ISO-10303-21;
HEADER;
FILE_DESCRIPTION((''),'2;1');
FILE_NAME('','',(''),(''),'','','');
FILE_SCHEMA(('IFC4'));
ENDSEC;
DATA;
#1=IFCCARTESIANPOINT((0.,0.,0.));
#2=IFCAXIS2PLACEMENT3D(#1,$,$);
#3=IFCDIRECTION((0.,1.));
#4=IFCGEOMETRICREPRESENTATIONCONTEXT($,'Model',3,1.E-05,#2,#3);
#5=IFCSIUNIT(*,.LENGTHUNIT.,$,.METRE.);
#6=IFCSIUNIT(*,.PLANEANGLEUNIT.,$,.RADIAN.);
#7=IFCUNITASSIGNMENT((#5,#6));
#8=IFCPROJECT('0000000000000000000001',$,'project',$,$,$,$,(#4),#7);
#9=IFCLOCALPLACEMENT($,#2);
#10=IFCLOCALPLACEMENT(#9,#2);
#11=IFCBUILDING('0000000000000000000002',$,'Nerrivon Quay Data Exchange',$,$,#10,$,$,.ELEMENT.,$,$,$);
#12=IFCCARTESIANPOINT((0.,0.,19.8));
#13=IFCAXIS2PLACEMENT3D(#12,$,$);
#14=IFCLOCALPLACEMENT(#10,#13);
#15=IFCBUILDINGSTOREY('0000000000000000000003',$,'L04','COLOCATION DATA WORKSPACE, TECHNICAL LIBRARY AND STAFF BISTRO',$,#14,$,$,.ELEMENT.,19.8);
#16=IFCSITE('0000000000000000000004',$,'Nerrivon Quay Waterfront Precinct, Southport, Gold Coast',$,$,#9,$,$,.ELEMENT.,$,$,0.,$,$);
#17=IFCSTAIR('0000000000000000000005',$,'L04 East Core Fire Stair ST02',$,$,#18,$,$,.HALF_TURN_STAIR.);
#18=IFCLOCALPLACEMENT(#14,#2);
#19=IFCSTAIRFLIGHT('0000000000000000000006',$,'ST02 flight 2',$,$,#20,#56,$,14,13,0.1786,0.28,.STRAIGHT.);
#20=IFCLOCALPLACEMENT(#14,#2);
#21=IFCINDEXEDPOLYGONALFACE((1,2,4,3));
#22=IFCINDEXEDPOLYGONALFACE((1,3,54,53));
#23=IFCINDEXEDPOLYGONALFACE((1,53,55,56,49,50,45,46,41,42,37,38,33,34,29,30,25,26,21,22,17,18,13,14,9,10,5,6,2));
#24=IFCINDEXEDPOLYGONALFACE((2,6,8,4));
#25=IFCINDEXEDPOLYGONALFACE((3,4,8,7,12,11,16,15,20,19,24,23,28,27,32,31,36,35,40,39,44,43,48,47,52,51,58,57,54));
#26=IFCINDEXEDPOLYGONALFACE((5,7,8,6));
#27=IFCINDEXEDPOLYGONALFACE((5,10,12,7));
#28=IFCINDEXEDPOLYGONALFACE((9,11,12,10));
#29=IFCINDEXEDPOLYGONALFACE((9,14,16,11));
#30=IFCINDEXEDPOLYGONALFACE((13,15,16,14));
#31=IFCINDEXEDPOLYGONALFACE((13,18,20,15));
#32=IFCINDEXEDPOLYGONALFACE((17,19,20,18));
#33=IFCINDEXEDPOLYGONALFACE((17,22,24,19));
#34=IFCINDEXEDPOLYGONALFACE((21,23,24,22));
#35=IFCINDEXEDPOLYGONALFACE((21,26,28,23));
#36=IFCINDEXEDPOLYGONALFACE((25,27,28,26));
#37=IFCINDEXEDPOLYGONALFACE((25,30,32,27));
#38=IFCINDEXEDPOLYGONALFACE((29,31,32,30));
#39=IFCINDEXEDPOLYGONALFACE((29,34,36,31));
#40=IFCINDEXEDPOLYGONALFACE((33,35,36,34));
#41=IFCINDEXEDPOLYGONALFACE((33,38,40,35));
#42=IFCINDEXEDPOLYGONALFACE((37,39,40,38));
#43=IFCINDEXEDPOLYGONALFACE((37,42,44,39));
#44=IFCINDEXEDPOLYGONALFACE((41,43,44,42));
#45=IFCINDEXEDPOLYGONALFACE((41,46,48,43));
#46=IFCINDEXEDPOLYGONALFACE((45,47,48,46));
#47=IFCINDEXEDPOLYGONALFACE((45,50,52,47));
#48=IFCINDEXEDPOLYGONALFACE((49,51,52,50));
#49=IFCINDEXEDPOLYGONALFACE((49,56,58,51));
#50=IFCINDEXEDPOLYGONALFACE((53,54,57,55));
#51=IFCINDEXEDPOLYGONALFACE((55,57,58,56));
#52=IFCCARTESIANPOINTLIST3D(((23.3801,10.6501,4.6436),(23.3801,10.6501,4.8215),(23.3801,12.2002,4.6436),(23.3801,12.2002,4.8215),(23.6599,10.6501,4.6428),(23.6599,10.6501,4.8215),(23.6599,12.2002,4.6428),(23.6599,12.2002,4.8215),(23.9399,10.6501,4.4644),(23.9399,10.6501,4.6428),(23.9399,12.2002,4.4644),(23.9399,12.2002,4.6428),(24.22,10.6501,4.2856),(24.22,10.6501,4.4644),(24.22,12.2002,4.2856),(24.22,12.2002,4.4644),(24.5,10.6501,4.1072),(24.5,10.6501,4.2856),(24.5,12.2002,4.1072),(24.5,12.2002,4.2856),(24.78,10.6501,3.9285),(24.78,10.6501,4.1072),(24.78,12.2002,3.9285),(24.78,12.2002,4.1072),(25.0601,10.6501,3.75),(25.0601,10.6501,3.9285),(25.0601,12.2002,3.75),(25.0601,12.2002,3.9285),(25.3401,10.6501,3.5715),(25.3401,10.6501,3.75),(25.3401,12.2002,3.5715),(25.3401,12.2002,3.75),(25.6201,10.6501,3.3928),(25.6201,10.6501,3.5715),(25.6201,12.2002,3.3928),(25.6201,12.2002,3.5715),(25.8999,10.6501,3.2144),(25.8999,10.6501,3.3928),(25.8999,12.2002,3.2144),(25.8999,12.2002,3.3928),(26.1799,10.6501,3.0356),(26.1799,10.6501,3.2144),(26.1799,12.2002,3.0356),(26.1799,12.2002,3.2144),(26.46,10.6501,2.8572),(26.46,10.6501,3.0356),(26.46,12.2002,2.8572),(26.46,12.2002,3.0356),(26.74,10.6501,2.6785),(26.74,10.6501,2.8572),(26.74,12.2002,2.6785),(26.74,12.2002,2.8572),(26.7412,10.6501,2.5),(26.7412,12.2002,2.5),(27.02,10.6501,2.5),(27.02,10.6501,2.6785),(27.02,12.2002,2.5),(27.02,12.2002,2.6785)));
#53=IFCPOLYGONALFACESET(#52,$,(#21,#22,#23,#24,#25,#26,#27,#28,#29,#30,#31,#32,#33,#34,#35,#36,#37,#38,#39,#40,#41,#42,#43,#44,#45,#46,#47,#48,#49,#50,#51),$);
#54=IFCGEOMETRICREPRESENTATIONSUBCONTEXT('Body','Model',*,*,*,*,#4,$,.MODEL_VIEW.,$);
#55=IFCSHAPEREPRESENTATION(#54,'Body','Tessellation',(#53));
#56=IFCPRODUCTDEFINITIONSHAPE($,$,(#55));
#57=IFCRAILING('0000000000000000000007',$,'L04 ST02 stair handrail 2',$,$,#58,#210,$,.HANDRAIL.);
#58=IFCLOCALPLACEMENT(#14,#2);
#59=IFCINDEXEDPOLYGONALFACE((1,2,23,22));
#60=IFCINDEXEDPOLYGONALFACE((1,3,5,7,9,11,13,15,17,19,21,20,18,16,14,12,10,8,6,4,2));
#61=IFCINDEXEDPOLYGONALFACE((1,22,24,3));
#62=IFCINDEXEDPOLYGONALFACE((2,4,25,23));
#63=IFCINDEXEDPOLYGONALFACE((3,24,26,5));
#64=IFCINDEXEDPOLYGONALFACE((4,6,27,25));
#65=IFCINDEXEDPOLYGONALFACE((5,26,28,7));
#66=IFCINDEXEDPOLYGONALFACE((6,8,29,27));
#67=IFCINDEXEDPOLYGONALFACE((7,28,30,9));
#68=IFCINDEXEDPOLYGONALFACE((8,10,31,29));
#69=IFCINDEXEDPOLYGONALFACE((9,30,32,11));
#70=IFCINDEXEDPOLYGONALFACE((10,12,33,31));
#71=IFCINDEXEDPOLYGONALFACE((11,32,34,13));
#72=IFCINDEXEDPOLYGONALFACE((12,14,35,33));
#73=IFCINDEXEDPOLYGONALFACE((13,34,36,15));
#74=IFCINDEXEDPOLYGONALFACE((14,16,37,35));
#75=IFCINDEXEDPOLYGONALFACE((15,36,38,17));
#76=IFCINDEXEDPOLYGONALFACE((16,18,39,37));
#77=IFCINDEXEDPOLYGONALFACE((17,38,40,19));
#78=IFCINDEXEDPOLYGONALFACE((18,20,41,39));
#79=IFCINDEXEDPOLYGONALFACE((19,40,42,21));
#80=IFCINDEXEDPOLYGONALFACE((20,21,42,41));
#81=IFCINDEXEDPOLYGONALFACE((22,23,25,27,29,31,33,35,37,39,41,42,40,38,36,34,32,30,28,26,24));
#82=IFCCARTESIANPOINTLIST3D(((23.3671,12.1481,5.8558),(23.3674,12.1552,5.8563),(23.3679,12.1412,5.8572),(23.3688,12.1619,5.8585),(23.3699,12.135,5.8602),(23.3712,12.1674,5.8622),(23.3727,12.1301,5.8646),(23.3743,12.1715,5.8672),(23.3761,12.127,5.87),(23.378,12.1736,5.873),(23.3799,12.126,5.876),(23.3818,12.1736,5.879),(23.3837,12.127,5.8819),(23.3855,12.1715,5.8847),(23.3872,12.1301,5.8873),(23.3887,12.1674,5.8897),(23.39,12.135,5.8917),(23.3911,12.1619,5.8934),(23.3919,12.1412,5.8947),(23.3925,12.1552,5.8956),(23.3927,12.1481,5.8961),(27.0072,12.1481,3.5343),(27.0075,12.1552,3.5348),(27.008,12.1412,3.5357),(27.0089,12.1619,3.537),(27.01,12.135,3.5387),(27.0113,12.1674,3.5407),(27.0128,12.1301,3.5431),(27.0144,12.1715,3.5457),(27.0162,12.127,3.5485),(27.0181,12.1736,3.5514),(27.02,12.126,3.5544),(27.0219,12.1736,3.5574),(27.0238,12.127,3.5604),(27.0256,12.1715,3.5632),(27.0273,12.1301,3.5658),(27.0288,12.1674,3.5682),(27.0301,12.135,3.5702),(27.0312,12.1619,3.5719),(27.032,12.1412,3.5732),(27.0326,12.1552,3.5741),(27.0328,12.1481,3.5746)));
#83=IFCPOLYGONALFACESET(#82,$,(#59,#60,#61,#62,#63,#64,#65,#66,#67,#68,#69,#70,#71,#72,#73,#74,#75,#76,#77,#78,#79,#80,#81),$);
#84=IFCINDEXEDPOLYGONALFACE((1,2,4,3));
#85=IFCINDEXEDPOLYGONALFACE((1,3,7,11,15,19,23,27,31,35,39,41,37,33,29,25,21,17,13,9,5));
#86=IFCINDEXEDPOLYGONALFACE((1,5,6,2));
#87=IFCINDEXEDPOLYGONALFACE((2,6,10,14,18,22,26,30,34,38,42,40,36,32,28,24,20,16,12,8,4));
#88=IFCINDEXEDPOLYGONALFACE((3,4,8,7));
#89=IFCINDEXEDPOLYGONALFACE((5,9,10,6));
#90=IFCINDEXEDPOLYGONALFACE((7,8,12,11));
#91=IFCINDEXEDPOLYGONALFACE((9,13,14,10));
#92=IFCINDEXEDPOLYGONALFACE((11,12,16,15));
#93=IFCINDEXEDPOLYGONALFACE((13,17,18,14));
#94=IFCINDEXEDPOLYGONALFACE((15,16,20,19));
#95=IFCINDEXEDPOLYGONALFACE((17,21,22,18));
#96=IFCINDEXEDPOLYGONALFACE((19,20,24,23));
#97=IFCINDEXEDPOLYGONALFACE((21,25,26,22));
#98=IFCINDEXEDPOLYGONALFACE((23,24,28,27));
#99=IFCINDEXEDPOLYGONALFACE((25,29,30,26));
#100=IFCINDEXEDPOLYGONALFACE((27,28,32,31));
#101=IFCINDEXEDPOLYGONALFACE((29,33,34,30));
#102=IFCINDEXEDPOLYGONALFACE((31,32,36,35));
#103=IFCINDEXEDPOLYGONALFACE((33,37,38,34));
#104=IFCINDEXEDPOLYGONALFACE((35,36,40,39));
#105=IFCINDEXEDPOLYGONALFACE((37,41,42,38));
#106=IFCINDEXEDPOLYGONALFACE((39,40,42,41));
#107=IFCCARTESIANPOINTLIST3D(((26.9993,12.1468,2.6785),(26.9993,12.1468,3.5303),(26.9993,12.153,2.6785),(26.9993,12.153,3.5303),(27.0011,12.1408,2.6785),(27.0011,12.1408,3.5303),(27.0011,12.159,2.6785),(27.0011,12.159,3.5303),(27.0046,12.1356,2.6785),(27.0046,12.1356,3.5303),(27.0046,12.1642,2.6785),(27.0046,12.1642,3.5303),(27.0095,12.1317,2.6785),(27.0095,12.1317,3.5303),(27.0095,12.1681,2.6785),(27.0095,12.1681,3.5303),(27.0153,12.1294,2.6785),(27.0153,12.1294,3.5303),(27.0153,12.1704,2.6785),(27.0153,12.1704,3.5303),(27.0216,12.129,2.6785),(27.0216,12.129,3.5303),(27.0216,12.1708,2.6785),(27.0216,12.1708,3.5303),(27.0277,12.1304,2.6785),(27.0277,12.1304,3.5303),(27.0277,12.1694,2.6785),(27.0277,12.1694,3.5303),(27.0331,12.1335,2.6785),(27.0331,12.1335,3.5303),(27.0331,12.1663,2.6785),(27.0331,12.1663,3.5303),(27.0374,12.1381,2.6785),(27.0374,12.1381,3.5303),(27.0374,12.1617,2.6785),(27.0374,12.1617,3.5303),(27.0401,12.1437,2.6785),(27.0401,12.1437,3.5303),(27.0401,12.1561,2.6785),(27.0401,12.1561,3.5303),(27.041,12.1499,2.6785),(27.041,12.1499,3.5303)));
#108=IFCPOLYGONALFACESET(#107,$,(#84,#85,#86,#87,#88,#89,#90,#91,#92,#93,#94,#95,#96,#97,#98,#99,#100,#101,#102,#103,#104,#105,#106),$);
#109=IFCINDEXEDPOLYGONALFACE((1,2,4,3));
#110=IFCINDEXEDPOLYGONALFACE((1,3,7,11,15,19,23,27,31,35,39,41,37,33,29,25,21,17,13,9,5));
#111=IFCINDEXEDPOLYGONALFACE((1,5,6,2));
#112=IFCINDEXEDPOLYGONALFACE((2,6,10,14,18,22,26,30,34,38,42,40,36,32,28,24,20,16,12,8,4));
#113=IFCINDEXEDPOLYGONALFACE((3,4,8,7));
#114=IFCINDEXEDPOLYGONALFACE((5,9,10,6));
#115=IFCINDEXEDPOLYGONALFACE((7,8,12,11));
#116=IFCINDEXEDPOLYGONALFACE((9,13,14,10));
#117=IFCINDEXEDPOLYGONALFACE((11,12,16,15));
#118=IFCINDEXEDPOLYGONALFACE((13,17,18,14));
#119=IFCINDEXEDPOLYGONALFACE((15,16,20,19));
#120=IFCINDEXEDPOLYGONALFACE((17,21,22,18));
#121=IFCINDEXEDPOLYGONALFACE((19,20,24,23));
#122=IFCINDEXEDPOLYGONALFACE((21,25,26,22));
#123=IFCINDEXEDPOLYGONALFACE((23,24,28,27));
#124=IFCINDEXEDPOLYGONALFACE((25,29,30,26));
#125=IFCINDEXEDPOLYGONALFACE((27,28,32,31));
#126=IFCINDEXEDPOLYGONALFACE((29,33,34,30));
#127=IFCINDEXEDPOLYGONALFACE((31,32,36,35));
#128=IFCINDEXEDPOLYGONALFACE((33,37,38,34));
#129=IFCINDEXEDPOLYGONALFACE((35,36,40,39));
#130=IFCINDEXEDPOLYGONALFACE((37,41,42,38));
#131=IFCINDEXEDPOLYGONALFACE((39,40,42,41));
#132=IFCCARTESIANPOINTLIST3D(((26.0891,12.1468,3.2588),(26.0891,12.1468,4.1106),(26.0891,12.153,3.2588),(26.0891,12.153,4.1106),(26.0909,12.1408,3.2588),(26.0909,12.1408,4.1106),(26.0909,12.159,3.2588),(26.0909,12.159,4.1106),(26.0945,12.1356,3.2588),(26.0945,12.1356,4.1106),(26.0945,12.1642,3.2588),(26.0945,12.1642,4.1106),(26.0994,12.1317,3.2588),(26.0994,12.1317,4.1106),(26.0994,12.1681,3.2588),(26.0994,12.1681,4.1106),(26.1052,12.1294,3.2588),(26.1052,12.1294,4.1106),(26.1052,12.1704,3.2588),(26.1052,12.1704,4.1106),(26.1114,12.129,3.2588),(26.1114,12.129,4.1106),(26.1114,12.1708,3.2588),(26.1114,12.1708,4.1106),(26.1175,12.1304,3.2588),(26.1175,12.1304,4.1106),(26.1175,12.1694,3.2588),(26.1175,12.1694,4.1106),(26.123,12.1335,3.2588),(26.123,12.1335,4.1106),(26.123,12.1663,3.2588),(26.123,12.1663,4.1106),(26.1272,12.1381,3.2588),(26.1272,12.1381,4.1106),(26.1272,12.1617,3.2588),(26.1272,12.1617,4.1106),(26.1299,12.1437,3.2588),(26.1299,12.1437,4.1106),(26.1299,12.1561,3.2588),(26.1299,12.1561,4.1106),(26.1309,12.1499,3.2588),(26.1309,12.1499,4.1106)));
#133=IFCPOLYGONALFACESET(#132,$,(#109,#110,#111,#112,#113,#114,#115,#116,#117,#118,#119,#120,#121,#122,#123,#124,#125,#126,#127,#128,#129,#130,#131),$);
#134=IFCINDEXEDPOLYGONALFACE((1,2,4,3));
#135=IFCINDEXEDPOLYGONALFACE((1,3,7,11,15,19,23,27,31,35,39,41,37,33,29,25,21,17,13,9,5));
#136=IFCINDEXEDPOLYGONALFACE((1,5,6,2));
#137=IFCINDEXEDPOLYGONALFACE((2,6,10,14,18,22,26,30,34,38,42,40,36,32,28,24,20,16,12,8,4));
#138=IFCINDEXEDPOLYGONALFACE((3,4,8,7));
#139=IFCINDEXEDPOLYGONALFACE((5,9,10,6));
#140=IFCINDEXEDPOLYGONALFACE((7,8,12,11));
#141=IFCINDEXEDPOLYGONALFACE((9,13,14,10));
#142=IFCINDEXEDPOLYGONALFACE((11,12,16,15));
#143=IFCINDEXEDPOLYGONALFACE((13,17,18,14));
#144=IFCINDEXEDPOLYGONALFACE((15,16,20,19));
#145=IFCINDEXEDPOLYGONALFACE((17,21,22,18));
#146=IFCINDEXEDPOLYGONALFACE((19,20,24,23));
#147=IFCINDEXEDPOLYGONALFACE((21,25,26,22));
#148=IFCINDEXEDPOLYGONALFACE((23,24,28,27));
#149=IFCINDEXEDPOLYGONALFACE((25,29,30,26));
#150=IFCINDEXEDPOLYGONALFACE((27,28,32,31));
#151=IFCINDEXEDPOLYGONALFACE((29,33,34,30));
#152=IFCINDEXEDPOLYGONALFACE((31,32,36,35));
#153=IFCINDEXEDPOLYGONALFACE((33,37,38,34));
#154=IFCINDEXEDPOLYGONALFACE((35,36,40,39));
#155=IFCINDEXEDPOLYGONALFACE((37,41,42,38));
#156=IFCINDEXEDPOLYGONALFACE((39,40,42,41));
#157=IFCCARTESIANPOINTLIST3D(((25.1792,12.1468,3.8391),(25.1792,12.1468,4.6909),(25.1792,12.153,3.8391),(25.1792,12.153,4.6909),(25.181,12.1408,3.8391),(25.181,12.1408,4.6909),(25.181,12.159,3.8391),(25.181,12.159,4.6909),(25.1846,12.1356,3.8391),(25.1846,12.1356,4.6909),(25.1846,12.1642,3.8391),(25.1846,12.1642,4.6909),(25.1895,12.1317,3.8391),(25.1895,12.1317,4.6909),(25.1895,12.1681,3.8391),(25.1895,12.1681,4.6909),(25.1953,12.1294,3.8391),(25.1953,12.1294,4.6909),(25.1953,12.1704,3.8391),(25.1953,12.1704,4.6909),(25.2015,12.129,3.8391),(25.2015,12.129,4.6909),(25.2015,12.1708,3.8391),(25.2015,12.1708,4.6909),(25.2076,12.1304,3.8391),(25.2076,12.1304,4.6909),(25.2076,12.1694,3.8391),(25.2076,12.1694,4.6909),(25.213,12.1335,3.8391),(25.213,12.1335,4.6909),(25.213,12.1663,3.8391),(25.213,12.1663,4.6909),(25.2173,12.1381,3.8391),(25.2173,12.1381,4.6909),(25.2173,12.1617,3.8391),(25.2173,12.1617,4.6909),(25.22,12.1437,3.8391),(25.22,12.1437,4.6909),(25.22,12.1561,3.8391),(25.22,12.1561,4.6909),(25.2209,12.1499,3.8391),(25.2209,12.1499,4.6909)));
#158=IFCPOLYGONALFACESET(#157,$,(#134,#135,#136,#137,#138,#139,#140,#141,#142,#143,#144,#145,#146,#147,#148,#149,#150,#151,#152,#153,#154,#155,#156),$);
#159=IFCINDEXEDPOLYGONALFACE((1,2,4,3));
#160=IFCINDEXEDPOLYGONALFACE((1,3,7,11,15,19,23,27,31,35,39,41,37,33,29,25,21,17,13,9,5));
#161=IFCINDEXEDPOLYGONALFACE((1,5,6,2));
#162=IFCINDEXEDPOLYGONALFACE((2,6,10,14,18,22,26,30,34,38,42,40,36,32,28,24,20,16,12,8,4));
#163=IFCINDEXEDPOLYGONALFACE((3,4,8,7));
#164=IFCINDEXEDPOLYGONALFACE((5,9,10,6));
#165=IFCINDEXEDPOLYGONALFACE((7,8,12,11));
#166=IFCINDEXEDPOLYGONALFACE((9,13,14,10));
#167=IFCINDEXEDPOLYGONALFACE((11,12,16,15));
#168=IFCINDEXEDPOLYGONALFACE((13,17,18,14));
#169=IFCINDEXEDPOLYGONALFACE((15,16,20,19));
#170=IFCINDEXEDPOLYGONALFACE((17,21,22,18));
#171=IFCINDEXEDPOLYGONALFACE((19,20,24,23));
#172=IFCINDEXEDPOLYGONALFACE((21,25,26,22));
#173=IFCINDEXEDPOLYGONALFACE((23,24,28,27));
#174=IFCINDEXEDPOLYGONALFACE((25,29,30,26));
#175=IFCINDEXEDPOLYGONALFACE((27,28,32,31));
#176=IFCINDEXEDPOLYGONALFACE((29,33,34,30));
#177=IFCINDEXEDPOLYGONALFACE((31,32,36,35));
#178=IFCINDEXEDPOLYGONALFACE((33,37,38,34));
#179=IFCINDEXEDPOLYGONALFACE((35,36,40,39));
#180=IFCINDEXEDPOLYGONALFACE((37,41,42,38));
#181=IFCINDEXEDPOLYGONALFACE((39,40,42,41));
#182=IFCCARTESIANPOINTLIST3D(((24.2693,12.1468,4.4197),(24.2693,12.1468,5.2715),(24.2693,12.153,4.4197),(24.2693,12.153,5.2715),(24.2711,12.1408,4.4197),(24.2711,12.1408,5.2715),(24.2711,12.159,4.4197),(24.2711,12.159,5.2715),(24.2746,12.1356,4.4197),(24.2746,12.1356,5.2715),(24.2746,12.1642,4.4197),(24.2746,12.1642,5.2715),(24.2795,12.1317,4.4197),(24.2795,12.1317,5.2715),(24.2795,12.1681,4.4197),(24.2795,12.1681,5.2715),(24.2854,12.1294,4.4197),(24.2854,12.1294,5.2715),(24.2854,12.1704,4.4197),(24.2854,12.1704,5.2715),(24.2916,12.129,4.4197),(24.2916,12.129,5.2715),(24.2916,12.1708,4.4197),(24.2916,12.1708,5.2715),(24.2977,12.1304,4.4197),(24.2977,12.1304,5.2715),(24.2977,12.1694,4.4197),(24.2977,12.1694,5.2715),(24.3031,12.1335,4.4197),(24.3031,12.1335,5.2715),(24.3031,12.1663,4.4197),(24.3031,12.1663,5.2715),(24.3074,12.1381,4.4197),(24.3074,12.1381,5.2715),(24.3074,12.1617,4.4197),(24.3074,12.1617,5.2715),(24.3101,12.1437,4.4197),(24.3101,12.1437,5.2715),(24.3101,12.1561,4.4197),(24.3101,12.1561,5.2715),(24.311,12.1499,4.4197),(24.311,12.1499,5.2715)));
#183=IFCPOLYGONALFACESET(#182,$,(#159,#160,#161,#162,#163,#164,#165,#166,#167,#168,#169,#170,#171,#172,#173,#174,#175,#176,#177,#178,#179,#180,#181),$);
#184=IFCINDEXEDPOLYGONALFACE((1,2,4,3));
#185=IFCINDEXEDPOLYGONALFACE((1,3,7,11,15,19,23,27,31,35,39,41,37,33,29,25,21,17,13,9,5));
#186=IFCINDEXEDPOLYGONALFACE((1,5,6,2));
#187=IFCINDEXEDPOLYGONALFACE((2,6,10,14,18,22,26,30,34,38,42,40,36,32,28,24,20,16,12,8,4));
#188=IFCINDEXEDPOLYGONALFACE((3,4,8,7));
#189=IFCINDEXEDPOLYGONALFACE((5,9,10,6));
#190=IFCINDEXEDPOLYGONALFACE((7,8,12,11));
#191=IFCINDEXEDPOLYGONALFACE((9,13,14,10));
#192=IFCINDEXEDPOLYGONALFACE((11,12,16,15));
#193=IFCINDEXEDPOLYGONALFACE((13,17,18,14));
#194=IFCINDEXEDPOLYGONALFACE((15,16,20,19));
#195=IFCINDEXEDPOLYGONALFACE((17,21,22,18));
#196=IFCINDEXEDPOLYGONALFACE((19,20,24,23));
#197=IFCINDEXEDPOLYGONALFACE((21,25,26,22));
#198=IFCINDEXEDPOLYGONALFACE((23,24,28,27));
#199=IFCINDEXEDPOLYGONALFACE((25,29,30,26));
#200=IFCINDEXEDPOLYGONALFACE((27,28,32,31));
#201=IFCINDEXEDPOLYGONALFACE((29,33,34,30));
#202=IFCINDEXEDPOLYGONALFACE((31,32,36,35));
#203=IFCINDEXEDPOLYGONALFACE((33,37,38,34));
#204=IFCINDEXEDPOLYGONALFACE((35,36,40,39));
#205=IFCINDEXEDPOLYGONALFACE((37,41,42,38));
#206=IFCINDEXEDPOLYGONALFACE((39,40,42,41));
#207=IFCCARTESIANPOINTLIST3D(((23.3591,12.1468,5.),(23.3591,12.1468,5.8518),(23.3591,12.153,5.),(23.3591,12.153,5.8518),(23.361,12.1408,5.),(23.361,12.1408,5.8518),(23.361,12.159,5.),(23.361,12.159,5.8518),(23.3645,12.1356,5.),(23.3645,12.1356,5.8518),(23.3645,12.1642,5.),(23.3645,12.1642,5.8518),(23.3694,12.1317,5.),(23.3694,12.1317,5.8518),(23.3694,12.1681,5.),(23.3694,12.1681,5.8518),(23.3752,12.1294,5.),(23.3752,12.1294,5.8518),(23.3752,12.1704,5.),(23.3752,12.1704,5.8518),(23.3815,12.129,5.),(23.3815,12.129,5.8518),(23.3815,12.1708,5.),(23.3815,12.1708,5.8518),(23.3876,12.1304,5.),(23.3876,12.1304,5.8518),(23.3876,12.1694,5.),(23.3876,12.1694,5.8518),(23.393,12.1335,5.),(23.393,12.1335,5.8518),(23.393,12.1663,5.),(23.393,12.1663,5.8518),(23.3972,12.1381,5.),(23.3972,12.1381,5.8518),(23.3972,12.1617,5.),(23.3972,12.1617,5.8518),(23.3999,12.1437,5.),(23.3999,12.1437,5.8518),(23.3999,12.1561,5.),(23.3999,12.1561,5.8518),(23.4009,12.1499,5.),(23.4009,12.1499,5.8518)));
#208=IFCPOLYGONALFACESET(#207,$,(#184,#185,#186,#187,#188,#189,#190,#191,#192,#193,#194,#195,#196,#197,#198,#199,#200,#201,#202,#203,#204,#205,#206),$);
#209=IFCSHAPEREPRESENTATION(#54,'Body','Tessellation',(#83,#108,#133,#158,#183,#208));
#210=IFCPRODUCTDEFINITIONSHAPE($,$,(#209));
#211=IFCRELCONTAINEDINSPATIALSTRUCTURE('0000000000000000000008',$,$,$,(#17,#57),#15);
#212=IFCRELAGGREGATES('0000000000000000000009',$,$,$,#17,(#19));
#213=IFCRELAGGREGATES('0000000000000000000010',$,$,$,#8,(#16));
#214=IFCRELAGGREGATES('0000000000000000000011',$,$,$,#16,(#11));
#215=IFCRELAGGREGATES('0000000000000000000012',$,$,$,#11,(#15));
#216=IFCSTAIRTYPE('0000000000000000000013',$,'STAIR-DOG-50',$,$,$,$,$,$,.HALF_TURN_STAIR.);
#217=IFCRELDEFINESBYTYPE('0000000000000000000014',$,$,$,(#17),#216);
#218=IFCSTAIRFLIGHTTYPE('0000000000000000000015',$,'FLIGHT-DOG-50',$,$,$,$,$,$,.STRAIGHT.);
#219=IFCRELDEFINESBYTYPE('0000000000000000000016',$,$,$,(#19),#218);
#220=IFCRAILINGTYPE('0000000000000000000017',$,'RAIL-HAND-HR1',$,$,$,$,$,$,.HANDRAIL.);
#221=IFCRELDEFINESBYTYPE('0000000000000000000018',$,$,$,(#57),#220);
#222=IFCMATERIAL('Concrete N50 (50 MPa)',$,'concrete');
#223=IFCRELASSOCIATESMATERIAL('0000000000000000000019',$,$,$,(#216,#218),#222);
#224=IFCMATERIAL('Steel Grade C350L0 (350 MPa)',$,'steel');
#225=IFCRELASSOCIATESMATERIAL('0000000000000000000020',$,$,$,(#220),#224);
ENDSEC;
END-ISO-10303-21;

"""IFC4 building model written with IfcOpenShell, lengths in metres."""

from ifc_helpers import new_model, si_unit, direction, frame, origin, origin_2d, place, context, subcontext, project, spatial, polyline, circle, outline, extrude, material, type_object, element, aggregate, save


model = new_model("IFC4")

# Units and contexts
model_context = context("Model", 3, precision=1e-05, world=origin(), true_north=direction((0.0, 1.0)))
body_context = subcontext(model_context, "Body", "Model", "MODEL_VIEW")
ifc_project = project(units=[si_unit("LENGTHUNIT", "METRE"), si_unit("PLANEANGLEUNIT", "RADIAN")], contexts=[model_context])

# Site, building, storey
site_placement = place(None, origin())
site = spatial("IfcSite", under=ifc_project, at=site_placement, Name="Nerrivon Quay Waterfront Precinct, Southport, Gold Coast", CompositionType="ELEMENT", RefElevation=0.0)
building_placement = place(site_placement, origin())
building = spatial("IfcBuilding", under=site, at=building_placement, Name="Nerrivon Quay Data Exchange", CompositionType="ELEMENT")
storey_placement = place(building_placement, frame((0.0, 0.0, 19.8)))
storey = spatial("IfcBuildingStorey", under=building, at=storey_placement, Name="L04", Description="COLOCATION DATA WORKSPACE, TECHNICAL LIBRARY AND STAFF BISTRO", CompositionType="ELEMENT", Elevation=19.8)

# Shared definitions
ifc_material_1 = material(Name="Concrete N50 (50 MPa)", Category="concrete")

# Stair, stair flight
stair_type = type_object("IfcStairType", Name="STAIR-DOG-50", PredefinedType="HALF_TURN_STAIR", material=ifc_material_1)
stair_placement = place(storey_placement, origin())
stair = element("IfcStair", 1, at=stair_placement, inside=storey, type_object=stair_type, Name="L04 East Core Fire Stair ST02", PredefinedType="HALF_TURN_STAIR")
stair_flight_type = type_object("IfcStairFlightType", Name="FLIGHT-DOG-50", PredefinedType="STRAIGHT", material=ifc_material_1)
stair_flight_placement = place(storey_placement, frame((27.02, 11.425, 2.5), z_axis=(0.0, 0.0, 1.0), x_axis=(-1.0, 0.0, 0.0)))
stair_flight = element("IfcStairFlight", 2, at=stair_flight_placement, type_object=stair_flight_type, Name="ST02 flight 2", NumberOfRisers=14, NumberOfTreads=13, PredefinedType="STRAIGHT", RiserHeight=0.1786, TreadLength=0.28, context=body_context, shape_type="SweptSolid", body=[
    extrude(outline(polyline([(0.0, 0.0), (0.0, 0.1785), (0.28, 0.1785), (0.28, 0.3572), (0.5601, 0.3572), (0.5601, 0.5356), (0.8401, 0.5356), (0.8401, 0.7144), (1.1201, 0.7144), (1.1201, 0.8928), (1.3999, 0.8928), (1.3999, 1.0715), (1.6799, 1.0715), (1.6799, 1.25), (1.96, 1.25), (1.96, 1.4285), (2.24, 1.4285), (2.24, 1.6072), (2.52, 1.6072), (2.52, 1.7856), (2.8, 1.7856), (2.8, 1.9644), (3.0801, 1.9644), (3.0801, 2.1428), (3.3601, 2.1428), (3.3601, 2.3215), (3.6399, 2.3215), (3.6399, 2.5), (3.6399, 2.1436), (0.2788, 0.0), (0.0, 0.0)])), frame((0.0, 0.7749, 0.0), z_axis=(0.0, -1.0, 0.0), x_axis=(1.0, 0.0, 0.0)), (0.0, 0.0, 1.0), 1.55),
])
aggregate(stair, [stair_flight])

# Railing
ifc_material_2 = material(Name="Steel Grade C350L0 (350 MPa)", Category="steel")
railing_type_1 = type_object("IfcRailingType", Name="RAIL-HAND-HR1", PredefinedType="HANDRAIL", material=ifc_material_2)
railing_1_placement = place(storey_placement, frame((27.02, 12.1499, 2.6785)))
element("IfcRailing", 3, at=railing_1_placement, inside=storey, type_object=railing_type_1, Name="L04 ST02 stair handrail 2", PredefinedType="HANDRAIL", context=body_context, shape_type="SweptSolid", body=[
    extrude(circle(Radius=0.0239, at=origin_2d()), frame((0.0, 0.0, 0.876), z_axis=(-0.843128, 0.0, 0.537713), x_axis=(0.0, -1.0, 0.0)), (0.0, 0.0, 1.0), 4.3174),
    extrude(circle(Radius=0.021, at=origin_2d()), origin(), (0.0, 0.0, 1.0), 0.8518),
    extrude(circle(Radius=0.021, at=origin_2d()), frame((-0.9102, 0.0, 0.5803)), (0.0, 0.0, 1.0), 0.8518),
    extrude(circle(Radius=0.021, at=origin_2d()), frame((-1.8201, 0.0, 1.1606)), (0.0, 0.0, 1.0), 0.8518),
    extrude(circle(Radius=0.021, at=origin_2d()), frame((-2.73, 0.0, 1.7412)), (0.0, 0.0, 1.0), 0.8518),
    extrude(circle(Radius=0.021, at=origin_2d()), frame((-3.6401, 0.0, 2.3215)), (0.0, 0.0, 1.0), 0.8518),
])

save(model, "model.ifc")
